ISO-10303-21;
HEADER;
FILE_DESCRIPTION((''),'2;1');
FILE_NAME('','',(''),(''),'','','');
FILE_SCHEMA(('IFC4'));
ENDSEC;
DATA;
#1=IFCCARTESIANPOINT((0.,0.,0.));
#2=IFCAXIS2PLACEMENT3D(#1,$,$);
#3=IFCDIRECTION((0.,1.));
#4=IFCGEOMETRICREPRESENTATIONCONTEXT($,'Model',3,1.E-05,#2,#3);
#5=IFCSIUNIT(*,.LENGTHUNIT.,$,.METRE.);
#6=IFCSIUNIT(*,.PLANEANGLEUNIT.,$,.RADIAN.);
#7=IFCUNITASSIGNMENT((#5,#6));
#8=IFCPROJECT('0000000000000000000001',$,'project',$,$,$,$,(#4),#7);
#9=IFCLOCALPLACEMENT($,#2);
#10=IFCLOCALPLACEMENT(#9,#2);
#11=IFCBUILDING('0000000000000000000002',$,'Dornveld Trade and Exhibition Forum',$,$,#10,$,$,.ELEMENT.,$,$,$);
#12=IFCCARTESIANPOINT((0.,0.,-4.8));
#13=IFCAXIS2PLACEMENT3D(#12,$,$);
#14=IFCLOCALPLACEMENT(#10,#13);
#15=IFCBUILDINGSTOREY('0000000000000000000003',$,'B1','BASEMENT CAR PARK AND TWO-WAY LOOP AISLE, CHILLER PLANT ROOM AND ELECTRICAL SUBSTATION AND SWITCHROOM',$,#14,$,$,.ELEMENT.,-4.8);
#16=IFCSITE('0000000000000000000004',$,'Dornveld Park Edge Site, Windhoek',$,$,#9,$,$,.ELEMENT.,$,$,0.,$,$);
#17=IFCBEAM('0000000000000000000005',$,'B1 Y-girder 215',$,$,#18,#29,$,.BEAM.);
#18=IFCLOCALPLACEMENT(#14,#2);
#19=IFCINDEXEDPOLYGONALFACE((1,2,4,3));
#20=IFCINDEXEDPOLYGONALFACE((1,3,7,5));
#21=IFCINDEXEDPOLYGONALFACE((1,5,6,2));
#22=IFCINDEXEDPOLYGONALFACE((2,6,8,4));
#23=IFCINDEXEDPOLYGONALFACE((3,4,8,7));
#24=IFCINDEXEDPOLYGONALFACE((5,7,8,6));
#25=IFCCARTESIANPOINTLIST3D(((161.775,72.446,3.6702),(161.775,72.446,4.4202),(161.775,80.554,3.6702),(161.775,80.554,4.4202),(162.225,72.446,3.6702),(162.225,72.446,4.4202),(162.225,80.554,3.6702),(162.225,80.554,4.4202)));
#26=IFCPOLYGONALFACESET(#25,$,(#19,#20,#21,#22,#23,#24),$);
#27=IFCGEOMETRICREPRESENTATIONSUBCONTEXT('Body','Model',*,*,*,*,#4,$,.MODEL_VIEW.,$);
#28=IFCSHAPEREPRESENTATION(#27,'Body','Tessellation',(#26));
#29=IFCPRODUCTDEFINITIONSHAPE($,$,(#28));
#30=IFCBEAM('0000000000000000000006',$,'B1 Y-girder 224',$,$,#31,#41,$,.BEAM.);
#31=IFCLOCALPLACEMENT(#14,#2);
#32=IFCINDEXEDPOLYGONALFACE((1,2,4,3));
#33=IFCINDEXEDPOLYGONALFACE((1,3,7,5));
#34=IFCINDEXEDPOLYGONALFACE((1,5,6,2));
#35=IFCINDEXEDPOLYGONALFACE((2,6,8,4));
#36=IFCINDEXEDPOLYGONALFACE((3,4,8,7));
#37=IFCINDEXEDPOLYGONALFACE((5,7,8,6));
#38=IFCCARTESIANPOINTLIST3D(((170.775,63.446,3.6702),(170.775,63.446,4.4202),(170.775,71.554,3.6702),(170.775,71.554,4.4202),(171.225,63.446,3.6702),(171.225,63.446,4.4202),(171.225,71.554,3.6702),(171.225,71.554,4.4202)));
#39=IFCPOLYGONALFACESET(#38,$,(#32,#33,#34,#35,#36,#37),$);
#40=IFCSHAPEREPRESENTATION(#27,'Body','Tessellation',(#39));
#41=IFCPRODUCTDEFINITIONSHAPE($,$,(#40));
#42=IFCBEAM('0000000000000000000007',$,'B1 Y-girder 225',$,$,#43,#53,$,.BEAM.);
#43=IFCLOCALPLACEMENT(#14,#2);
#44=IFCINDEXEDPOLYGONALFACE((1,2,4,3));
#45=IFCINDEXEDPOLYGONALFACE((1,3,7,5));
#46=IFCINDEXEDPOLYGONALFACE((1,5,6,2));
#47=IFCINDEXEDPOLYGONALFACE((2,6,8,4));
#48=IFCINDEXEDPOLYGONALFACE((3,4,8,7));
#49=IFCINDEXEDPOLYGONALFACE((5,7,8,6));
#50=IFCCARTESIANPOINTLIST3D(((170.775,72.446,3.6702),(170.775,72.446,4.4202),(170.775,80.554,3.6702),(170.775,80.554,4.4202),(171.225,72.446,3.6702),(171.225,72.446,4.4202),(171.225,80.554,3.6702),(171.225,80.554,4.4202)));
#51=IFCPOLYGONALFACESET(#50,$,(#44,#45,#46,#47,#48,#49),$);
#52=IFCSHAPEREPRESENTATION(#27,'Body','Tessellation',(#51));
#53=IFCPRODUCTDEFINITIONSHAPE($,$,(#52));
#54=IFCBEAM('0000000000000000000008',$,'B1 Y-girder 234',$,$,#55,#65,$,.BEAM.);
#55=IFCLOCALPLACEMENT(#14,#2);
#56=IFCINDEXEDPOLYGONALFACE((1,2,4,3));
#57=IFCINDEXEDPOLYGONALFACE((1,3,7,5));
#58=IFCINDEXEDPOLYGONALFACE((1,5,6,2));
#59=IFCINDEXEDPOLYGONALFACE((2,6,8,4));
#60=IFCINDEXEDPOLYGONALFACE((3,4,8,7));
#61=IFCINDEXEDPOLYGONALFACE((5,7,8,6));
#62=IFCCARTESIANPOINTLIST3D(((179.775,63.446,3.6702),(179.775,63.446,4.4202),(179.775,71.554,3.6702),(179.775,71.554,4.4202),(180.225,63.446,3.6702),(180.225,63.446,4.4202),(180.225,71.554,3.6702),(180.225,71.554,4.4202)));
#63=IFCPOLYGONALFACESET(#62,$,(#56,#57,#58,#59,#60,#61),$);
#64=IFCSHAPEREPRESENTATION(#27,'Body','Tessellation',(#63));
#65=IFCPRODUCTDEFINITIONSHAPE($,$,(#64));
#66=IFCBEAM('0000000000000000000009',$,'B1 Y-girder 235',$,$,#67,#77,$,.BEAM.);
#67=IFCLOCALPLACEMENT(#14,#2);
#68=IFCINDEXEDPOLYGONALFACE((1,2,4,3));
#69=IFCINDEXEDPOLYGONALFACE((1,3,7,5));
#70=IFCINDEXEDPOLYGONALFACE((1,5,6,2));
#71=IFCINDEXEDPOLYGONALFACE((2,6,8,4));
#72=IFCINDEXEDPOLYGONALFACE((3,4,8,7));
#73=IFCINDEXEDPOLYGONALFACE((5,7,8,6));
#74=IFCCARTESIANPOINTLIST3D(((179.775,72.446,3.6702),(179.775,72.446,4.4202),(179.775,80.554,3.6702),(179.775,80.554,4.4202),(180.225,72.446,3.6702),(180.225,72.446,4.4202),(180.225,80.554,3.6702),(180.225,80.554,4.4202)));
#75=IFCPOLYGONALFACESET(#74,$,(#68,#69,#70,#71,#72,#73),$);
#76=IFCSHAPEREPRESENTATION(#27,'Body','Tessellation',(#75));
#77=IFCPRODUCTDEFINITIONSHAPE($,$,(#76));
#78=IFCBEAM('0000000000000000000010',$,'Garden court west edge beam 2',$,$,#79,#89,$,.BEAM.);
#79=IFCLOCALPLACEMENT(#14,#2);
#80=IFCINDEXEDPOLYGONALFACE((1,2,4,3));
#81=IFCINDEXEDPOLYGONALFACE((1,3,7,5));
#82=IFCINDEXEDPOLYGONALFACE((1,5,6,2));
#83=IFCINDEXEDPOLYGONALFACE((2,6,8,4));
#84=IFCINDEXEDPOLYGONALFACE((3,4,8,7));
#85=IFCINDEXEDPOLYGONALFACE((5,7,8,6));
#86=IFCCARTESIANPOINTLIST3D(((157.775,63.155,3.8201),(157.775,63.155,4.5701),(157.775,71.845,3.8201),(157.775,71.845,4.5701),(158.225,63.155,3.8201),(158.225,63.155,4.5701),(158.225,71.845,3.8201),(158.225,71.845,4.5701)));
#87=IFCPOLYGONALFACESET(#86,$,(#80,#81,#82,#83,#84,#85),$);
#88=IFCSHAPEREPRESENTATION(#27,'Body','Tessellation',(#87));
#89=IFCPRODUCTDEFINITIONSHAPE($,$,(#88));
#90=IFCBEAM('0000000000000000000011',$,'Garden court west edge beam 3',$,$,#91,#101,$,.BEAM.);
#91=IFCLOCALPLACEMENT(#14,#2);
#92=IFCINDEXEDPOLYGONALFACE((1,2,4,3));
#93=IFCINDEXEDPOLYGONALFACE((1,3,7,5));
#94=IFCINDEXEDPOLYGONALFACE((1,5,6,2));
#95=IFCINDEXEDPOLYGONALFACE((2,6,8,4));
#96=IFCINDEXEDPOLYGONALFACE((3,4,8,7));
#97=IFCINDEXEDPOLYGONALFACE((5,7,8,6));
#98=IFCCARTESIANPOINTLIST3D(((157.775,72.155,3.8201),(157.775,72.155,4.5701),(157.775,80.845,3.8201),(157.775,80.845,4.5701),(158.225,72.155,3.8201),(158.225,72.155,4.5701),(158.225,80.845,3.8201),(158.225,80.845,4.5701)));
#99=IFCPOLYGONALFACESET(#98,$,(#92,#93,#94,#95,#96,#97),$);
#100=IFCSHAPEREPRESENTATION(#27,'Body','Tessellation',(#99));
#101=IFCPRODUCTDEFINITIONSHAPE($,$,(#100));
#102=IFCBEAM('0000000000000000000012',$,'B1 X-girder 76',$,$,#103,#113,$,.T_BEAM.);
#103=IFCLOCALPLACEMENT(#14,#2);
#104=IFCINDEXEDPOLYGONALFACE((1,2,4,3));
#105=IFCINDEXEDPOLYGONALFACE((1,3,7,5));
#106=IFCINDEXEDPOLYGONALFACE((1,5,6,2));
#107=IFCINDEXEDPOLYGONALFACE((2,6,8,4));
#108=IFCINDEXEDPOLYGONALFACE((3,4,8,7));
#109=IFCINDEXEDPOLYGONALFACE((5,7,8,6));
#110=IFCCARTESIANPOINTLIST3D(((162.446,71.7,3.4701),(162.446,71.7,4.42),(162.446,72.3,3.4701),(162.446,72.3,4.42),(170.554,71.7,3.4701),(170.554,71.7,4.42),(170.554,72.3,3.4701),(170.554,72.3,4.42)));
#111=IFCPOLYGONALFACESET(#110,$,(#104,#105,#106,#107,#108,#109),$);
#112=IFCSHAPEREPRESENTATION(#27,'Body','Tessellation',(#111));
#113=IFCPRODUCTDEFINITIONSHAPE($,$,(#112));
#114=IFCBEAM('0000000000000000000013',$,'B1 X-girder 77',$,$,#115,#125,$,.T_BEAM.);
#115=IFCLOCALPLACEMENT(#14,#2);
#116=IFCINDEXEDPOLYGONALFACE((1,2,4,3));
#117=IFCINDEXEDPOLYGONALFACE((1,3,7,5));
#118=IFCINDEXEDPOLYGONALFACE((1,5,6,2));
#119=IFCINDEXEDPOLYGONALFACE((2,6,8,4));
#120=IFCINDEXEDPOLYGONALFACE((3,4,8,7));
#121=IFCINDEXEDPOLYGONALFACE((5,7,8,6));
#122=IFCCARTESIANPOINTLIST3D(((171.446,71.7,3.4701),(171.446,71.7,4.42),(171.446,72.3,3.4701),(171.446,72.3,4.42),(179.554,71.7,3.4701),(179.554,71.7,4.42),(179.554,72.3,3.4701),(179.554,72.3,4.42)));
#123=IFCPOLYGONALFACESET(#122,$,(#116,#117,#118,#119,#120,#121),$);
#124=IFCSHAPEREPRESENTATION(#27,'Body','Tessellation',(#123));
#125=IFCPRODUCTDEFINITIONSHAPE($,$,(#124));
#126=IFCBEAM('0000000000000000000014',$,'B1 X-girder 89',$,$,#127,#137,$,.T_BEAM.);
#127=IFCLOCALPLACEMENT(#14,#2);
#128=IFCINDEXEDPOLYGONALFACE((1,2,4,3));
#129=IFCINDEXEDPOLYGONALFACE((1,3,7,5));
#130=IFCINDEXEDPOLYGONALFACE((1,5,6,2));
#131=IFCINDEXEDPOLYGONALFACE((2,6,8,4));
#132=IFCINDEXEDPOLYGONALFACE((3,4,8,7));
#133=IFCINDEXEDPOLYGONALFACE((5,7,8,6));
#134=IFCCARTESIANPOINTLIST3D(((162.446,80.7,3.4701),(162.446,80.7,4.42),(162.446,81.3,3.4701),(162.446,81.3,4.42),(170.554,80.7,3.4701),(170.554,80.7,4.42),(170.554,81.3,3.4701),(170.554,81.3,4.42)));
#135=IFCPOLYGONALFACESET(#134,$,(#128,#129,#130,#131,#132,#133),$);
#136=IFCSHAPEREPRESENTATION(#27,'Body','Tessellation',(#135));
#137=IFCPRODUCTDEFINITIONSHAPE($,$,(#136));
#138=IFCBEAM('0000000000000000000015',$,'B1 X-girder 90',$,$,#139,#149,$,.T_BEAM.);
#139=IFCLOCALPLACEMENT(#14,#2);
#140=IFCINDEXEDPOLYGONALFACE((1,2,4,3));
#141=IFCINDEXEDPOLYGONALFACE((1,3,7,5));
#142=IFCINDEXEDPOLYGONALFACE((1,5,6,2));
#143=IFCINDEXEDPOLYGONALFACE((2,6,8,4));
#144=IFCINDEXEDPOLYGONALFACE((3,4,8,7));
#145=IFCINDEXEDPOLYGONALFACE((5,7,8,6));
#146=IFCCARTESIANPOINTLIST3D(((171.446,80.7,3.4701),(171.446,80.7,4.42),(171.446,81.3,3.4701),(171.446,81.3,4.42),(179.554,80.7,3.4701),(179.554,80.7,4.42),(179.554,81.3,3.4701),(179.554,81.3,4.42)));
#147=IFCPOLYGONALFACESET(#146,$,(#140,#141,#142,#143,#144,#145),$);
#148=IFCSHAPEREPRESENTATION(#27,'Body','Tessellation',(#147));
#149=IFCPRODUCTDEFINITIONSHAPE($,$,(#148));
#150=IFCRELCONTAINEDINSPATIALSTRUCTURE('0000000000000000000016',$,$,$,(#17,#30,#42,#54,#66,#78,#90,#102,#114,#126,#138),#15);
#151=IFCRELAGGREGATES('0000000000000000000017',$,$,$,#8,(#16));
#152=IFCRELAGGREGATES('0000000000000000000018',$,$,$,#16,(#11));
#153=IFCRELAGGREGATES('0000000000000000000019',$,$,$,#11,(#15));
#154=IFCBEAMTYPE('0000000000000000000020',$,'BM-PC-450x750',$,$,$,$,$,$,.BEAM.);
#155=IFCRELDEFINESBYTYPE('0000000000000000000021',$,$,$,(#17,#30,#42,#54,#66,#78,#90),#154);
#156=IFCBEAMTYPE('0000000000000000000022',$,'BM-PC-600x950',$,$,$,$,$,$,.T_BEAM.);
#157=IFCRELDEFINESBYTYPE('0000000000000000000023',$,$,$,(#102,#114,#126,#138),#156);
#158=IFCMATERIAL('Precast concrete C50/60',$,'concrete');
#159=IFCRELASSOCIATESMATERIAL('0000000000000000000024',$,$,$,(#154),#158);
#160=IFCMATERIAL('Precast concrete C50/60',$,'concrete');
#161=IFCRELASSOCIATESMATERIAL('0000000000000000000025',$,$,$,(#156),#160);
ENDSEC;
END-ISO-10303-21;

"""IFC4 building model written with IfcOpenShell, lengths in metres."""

from ifc_helpers import new_model, si_unit, direction, frame, origin, origin_2d, place, context, subcontext, project, spatial, rectangle, extrude, material, material_profile, profile_set, type_object, element, save


model = new_model("IFC4")

# Units and contexts
model_context = context("Model", 3, precision=1e-05, world=origin(), true_north=direction((0.0, 1.0)))
body_context = subcontext(model_context, "Body", "Model", "MODEL_VIEW")
ifc_project = project(units=[si_unit("LENGTHUNIT", "METRE"), si_unit("PLANEANGLEUNIT", "RADIAN")], contexts=[model_context])

# Site, building, storey
site_placement = place(None, origin())
site = spatial("IfcSite", under=ifc_project, at=site_placement, Name="Dornveld Park Edge Site, Windhoek", CompositionType="ELEMENT", RefElevation=0.0)
building_placement = place(site_placement, origin())
building = spatial("IfcBuilding", under=site, at=building_placement, Name="Dornveld Trade and Exhibition Forum", CompositionType="ELEMENT")
storey_placement = place(building_placement, frame((0.0, 0.0, -4.8)))
storey = spatial("IfcBuildingStorey", under=building, at=storey_placement, Name="B1", Description="BASEMENT CAR PARK AND TWO-WAY LOOP AISLE, CHILLER PLANT ROOM AND ELECTRICAL SUBSTATION AND SWITCHROOM", CompositionType="ELEMENT", Elevation=-4.8)

# Beams
ifc_material_1 = material(Name="Precast concrete C50/60", Category="concrete")
ifc_material_profile_1 = material_profile(ifc_material_1, rectangle(XDim=0.45, YDim=0.75, at=origin_2d()), Name="PC-BM 450x750")
ifc_profile_set_1 = profile_set([ifc_material_profile_1], Name="Precast concrete C50/60")
beam_type_1 = type_object("IfcBeamType", Name="BM-PC-450x750", PredefinedType="BEAM", material=ifc_profile_set_1)
for number, where, z_axis, x_axis, name in (
    (1, (162.0, 72.446, 4.0452), (0.0, 1.0, 0.0), (-1.0, 0.0, 0.0), "B1 Y-girder 215"),
    (2, (171.0, 63.446, 4.0452), (0.0, 1.0, 0.0), (-1.0, 0.0, 0.0), "B1 Y-girder 224"),
    (3, (171.0, 72.446, 4.0452), (0.0, 1.0, 0.0), (-1.0, 0.0, 0.0), "B1 Y-girder 225"),
    (4, (180.0, 63.446, 4.0452), (0.0, 1.0, 0.0), (-1.0, 0.0, 0.0), "B1 Y-girder 234"),
    (5, (180.0, 72.446, 4.0452), (0.0, 1.0, 0.0), (-1.0, 0.0, 0.0), "B1 Y-girder 235"),
):
    element("IfcBeam", number, at=place(storey_placement, frame(where, z_axis=z_axis, x_axis=x_axis)), inside=storey, type_object=beam_type_1, Name=name, PredefinedType="BEAM", context=body_context, shape_type="SweptSolid", body=[
        extrude(rectangle(XDim=0.45, YDim=0.75, at=origin_2d()), origin(), (0.0, 0.0, 1.0), 8.1079),
    ])
for number, where, z_axis, x_axis, name in (
    (6, (158.0, 63.155, 4.1951), (0.0, 1.0, 0.0), (-1.0, 0.0, 0.0), "Garden court west edge beam 2"),
    (7, (158.0, 72.155, 4.1951), (0.0, 1.0, 0.0), (-1.0, 0.0, 0.0), "Garden court west edge beam 3"),
):
    element("IfcBeam", number, at=place(storey_placement, frame(where, z_axis=z_axis, x_axis=x_axis)), inside=storey, type_object=beam_type_1, Name=name, PredefinedType="BEAM", context=body_context, shape_type="SweptSolid", body=[
        extrude(rectangle(XDim=0.45, YDim=0.75, at=origin_2d()), origin(), (0.0, 0.0, 1.0), 8.6899),
    ])
ifc_material_2 = material(Name="Precast concrete C50/60", Category="concrete")
ifc_material_profile_2 = material_profile(ifc_material_2, rectangle(XDim=0.6001, YDim=0.95, at=origin_2d()), Name="PC-GIR 600x950")
ifc_profile_set_2 = profile_set([ifc_material_profile_2], Name="Precast concrete C50/60")
beam_type_2 = type_object("IfcBeamType", Name="BM-PC-600x950", PredefinedType="T_BEAM", material=ifc_profile_set_2)
for number, where, z_axis, x_axis, name in (
    (8, (162.446, 72.0, 3.9451), (1.0, 0.0, 0.0), (0.0, 1.0, 0.0), "B1 X-girder 76"),
    (9, (171.446, 72.0, 3.9451), (1.0, 0.0, 0.0), (0.0, 1.0, 0.0), "B1 X-girder 77"),
    (10, (162.446, 81.0, 3.9451), (1.0, 0.0, 0.0), (0.0, 1.0, 0.0), "B1 X-girder 89"),
    (11, (171.446, 81.0, 3.9451), (1.0, 0.0, 0.0), (0.0, 1.0, 0.0), "B1 X-girder 90"),
):
    element("IfcBeam", number, at=place(storey_placement, frame(where, z_axis=z_axis, x_axis=x_axis)), inside=storey, type_object=beam_type_2, Name=name, PredefinedType="T_BEAM", context=body_context, shape_type="SweptSolid", body=[
        extrude(rectangle(XDim=0.6001, YDim=0.95, at=origin_2d()), origin(), (0.0, 0.0, 1.0), 8.1079),
    ])

save(model, "model.ifc")
